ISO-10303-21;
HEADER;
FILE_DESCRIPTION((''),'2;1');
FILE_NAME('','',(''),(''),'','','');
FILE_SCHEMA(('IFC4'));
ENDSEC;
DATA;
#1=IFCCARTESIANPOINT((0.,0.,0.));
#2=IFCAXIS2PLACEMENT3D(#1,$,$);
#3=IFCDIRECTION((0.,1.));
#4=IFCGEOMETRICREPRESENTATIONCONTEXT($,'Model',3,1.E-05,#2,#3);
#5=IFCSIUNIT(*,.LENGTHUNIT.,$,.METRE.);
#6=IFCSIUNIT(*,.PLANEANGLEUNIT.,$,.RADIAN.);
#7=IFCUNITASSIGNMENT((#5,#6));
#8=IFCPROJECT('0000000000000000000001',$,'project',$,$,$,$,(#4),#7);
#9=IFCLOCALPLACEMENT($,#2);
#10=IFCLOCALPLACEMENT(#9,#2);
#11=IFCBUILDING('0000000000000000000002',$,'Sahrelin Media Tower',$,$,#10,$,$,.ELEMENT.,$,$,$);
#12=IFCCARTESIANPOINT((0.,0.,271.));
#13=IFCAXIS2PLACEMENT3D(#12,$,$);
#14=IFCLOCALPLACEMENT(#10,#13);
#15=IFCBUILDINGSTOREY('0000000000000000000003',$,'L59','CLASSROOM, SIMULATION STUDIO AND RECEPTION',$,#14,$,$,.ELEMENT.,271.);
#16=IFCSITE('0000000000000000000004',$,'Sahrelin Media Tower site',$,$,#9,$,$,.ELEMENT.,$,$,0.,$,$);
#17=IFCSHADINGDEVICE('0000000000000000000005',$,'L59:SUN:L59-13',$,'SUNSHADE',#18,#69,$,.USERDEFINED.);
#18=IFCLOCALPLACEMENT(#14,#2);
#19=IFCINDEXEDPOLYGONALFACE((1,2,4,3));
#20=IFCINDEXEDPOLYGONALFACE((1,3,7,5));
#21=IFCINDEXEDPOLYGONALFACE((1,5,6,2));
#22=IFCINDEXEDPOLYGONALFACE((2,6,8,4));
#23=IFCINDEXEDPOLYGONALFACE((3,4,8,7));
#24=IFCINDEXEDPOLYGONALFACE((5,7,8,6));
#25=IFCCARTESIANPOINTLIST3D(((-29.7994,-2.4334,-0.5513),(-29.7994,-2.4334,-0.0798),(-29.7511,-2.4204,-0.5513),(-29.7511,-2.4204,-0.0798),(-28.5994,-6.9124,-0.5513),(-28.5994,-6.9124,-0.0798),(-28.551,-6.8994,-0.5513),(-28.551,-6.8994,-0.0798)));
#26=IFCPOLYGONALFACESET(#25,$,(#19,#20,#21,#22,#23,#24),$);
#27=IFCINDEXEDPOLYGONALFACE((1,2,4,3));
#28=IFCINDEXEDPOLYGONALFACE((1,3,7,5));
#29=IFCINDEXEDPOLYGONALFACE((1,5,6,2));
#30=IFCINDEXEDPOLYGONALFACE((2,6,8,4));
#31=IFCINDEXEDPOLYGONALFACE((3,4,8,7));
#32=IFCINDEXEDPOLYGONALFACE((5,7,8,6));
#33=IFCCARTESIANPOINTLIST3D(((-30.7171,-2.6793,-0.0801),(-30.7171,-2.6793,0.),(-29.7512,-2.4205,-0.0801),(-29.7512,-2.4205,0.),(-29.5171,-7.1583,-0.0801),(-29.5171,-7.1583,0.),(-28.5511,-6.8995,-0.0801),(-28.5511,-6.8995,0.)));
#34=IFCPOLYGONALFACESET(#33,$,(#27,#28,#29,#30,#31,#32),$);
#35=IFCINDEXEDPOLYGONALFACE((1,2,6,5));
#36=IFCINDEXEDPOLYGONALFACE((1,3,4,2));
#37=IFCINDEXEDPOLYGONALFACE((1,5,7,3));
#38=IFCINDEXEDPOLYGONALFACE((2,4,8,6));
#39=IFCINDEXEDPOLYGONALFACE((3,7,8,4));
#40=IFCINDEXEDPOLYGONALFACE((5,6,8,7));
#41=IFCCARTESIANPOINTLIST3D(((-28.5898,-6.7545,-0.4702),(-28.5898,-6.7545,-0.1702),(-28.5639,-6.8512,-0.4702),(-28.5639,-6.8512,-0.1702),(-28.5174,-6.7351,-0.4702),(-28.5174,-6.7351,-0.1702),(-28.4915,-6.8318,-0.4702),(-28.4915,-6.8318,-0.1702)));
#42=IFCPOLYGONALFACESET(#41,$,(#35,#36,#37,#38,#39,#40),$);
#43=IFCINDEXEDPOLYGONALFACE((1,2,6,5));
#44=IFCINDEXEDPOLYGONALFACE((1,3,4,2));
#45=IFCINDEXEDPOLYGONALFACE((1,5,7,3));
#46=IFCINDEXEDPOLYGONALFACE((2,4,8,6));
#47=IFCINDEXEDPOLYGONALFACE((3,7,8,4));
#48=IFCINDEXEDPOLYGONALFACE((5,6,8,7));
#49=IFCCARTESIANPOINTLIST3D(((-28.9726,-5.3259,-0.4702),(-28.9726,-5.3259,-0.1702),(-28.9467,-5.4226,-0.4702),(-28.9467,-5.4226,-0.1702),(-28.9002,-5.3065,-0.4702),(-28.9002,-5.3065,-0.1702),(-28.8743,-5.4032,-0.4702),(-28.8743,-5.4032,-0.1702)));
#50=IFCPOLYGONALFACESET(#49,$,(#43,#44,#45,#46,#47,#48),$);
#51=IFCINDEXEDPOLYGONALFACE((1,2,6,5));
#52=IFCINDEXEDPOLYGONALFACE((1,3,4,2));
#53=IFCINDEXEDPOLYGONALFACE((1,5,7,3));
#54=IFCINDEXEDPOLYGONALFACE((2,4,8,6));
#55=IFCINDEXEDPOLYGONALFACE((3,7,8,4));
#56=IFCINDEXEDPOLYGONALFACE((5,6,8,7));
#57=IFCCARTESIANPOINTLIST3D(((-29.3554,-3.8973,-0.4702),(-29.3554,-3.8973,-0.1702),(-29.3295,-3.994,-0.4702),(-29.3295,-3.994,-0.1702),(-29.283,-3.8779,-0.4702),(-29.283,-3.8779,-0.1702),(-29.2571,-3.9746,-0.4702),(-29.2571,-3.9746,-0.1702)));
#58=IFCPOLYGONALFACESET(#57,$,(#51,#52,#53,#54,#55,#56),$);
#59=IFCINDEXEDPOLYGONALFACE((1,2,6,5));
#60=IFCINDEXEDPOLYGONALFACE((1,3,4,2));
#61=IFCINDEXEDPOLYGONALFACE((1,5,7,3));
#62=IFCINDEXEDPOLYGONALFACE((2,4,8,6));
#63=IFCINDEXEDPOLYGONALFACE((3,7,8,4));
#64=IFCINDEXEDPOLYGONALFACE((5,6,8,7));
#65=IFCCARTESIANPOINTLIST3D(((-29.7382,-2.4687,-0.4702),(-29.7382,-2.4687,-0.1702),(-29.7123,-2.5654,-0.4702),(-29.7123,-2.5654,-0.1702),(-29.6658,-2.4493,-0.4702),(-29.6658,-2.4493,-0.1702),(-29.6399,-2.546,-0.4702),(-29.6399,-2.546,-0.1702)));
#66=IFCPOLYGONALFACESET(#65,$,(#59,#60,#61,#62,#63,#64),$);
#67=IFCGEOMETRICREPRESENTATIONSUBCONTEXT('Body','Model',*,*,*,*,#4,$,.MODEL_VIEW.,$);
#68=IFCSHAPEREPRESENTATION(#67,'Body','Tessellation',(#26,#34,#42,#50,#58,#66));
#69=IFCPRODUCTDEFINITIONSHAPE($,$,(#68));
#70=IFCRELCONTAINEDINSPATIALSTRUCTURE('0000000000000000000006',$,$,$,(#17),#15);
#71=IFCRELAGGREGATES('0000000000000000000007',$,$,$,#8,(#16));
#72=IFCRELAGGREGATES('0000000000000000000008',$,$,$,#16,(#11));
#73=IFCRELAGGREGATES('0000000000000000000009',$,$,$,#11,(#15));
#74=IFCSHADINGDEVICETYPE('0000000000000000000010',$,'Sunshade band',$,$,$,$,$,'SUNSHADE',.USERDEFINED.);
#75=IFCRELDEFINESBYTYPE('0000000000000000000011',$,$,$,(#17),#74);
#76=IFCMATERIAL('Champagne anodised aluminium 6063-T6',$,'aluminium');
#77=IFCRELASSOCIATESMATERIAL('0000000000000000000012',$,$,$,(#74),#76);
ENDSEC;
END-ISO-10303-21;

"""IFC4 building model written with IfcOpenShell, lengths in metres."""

from ifc_helpers import new_model, si_unit, direction, frame, origin, origin_2d, place, context, subcontext, project, spatial, rectangle, extrude, material, type_object, element, save


model = new_model("IFC4")

# Units and contexts
model_context = context("Model", 3, precision=1e-05, world=origin(), true_north=direction((0.0, 1.0)))
body_context = subcontext(model_context, "Body", "Model", "MODEL_VIEW")
ifc_project = project(units=[si_unit("LENGTHUNIT", "METRE"), si_unit("PLANEANGLEUNIT", "RADIAN")], contexts=[model_context])

# Site, building, storey
site_placement = place(None, origin())
site = spatial("IfcSite", under=ifc_project, at=site_placement, Name="Sahrelin Media Tower site", CompositionType="ELEMENT", RefElevation=0.0)
building_placement = place(site_placement, origin())
building = spatial("IfcBuilding", under=site, at=building_placement, Name="Sahrelin Media Tower", CompositionType="ELEMENT")
storey_placement = place(building_placement, frame((0.0, 0.0, 271.0)))
storey = spatial("IfcBuildingStorey", under=building, at=storey_placement, Name="L59", Description="CLASSROOM, SIMULATION STUDIO AND RECEPTION", CompositionType="ELEMENT", Elevation=271.0)

# Shared definitions
ifc_material_1 = material(Name="Champagne anodised aluminium 6063-T6", Category="aluminium")

# Shading device
placement_1 = place(storey_placement, frame((-29.1318, -4.6548, 0.0), z_axis=(0.0, 0.0, 1.0), x_axis=(-0.258808, 0.965929, 0.0)))
shading_device_type_1 = type_object("IfcShadingDeviceType", Name="Sunshade band", ElementType="SUNSHADE", PredefinedType="USERDEFINED", material=ifc_material_1)
element("IfcShadingDevice", 1, at=placement_1, inside=storey, type_object=shading_device_type_1, Name="L59:SUN:L59-13", ObjectType="SUNSHADE", PredefinedType="USERDEFINED", context=body_context, shape_type="SweptSolid", body=[
    extrude(rectangle(XDim=4.637, YDim=0.05, at=origin_2d()), frame((0.0, 0.0449, -0.5513)), (0.0, 0.0, 1.0), 0.4714),
    extrude(rectangle(XDim=4.637, YDim=1.0, at=origin_2d()), frame((0.0, 0.52, -0.0801)), (0.0, 0.0, 1.0), 0.0801),
    extrude(rectangle(XDim=0.1001, YDim=0.075, at=origin_2d()), frame((-2.2185, -0.0176, -0.4702)), (0.0, 0.0, 1.0), 0.3),
    extrude(rectangle(XDim=0.1001, YDim=0.075, at=origin_2d()), frame((-0.7395, -0.0176, -0.4702)), (0.0, 0.0, 1.0), 0.3),
    extrude(rectangle(XDim=0.1001, YDim=0.075, at=origin_2d()), frame((0.7395, -0.0176, -0.4702)), (0.0, 0.0, 1.0), 0.3),
    extrude(rectangle(XDim=0.1001, YDim=0.075, at=origin_2d()), frame((2.2185, -0.0176, -0.4702)), (0.0, 0.0, 1.0), 0.3),
])

save(model, "model.ifc")
